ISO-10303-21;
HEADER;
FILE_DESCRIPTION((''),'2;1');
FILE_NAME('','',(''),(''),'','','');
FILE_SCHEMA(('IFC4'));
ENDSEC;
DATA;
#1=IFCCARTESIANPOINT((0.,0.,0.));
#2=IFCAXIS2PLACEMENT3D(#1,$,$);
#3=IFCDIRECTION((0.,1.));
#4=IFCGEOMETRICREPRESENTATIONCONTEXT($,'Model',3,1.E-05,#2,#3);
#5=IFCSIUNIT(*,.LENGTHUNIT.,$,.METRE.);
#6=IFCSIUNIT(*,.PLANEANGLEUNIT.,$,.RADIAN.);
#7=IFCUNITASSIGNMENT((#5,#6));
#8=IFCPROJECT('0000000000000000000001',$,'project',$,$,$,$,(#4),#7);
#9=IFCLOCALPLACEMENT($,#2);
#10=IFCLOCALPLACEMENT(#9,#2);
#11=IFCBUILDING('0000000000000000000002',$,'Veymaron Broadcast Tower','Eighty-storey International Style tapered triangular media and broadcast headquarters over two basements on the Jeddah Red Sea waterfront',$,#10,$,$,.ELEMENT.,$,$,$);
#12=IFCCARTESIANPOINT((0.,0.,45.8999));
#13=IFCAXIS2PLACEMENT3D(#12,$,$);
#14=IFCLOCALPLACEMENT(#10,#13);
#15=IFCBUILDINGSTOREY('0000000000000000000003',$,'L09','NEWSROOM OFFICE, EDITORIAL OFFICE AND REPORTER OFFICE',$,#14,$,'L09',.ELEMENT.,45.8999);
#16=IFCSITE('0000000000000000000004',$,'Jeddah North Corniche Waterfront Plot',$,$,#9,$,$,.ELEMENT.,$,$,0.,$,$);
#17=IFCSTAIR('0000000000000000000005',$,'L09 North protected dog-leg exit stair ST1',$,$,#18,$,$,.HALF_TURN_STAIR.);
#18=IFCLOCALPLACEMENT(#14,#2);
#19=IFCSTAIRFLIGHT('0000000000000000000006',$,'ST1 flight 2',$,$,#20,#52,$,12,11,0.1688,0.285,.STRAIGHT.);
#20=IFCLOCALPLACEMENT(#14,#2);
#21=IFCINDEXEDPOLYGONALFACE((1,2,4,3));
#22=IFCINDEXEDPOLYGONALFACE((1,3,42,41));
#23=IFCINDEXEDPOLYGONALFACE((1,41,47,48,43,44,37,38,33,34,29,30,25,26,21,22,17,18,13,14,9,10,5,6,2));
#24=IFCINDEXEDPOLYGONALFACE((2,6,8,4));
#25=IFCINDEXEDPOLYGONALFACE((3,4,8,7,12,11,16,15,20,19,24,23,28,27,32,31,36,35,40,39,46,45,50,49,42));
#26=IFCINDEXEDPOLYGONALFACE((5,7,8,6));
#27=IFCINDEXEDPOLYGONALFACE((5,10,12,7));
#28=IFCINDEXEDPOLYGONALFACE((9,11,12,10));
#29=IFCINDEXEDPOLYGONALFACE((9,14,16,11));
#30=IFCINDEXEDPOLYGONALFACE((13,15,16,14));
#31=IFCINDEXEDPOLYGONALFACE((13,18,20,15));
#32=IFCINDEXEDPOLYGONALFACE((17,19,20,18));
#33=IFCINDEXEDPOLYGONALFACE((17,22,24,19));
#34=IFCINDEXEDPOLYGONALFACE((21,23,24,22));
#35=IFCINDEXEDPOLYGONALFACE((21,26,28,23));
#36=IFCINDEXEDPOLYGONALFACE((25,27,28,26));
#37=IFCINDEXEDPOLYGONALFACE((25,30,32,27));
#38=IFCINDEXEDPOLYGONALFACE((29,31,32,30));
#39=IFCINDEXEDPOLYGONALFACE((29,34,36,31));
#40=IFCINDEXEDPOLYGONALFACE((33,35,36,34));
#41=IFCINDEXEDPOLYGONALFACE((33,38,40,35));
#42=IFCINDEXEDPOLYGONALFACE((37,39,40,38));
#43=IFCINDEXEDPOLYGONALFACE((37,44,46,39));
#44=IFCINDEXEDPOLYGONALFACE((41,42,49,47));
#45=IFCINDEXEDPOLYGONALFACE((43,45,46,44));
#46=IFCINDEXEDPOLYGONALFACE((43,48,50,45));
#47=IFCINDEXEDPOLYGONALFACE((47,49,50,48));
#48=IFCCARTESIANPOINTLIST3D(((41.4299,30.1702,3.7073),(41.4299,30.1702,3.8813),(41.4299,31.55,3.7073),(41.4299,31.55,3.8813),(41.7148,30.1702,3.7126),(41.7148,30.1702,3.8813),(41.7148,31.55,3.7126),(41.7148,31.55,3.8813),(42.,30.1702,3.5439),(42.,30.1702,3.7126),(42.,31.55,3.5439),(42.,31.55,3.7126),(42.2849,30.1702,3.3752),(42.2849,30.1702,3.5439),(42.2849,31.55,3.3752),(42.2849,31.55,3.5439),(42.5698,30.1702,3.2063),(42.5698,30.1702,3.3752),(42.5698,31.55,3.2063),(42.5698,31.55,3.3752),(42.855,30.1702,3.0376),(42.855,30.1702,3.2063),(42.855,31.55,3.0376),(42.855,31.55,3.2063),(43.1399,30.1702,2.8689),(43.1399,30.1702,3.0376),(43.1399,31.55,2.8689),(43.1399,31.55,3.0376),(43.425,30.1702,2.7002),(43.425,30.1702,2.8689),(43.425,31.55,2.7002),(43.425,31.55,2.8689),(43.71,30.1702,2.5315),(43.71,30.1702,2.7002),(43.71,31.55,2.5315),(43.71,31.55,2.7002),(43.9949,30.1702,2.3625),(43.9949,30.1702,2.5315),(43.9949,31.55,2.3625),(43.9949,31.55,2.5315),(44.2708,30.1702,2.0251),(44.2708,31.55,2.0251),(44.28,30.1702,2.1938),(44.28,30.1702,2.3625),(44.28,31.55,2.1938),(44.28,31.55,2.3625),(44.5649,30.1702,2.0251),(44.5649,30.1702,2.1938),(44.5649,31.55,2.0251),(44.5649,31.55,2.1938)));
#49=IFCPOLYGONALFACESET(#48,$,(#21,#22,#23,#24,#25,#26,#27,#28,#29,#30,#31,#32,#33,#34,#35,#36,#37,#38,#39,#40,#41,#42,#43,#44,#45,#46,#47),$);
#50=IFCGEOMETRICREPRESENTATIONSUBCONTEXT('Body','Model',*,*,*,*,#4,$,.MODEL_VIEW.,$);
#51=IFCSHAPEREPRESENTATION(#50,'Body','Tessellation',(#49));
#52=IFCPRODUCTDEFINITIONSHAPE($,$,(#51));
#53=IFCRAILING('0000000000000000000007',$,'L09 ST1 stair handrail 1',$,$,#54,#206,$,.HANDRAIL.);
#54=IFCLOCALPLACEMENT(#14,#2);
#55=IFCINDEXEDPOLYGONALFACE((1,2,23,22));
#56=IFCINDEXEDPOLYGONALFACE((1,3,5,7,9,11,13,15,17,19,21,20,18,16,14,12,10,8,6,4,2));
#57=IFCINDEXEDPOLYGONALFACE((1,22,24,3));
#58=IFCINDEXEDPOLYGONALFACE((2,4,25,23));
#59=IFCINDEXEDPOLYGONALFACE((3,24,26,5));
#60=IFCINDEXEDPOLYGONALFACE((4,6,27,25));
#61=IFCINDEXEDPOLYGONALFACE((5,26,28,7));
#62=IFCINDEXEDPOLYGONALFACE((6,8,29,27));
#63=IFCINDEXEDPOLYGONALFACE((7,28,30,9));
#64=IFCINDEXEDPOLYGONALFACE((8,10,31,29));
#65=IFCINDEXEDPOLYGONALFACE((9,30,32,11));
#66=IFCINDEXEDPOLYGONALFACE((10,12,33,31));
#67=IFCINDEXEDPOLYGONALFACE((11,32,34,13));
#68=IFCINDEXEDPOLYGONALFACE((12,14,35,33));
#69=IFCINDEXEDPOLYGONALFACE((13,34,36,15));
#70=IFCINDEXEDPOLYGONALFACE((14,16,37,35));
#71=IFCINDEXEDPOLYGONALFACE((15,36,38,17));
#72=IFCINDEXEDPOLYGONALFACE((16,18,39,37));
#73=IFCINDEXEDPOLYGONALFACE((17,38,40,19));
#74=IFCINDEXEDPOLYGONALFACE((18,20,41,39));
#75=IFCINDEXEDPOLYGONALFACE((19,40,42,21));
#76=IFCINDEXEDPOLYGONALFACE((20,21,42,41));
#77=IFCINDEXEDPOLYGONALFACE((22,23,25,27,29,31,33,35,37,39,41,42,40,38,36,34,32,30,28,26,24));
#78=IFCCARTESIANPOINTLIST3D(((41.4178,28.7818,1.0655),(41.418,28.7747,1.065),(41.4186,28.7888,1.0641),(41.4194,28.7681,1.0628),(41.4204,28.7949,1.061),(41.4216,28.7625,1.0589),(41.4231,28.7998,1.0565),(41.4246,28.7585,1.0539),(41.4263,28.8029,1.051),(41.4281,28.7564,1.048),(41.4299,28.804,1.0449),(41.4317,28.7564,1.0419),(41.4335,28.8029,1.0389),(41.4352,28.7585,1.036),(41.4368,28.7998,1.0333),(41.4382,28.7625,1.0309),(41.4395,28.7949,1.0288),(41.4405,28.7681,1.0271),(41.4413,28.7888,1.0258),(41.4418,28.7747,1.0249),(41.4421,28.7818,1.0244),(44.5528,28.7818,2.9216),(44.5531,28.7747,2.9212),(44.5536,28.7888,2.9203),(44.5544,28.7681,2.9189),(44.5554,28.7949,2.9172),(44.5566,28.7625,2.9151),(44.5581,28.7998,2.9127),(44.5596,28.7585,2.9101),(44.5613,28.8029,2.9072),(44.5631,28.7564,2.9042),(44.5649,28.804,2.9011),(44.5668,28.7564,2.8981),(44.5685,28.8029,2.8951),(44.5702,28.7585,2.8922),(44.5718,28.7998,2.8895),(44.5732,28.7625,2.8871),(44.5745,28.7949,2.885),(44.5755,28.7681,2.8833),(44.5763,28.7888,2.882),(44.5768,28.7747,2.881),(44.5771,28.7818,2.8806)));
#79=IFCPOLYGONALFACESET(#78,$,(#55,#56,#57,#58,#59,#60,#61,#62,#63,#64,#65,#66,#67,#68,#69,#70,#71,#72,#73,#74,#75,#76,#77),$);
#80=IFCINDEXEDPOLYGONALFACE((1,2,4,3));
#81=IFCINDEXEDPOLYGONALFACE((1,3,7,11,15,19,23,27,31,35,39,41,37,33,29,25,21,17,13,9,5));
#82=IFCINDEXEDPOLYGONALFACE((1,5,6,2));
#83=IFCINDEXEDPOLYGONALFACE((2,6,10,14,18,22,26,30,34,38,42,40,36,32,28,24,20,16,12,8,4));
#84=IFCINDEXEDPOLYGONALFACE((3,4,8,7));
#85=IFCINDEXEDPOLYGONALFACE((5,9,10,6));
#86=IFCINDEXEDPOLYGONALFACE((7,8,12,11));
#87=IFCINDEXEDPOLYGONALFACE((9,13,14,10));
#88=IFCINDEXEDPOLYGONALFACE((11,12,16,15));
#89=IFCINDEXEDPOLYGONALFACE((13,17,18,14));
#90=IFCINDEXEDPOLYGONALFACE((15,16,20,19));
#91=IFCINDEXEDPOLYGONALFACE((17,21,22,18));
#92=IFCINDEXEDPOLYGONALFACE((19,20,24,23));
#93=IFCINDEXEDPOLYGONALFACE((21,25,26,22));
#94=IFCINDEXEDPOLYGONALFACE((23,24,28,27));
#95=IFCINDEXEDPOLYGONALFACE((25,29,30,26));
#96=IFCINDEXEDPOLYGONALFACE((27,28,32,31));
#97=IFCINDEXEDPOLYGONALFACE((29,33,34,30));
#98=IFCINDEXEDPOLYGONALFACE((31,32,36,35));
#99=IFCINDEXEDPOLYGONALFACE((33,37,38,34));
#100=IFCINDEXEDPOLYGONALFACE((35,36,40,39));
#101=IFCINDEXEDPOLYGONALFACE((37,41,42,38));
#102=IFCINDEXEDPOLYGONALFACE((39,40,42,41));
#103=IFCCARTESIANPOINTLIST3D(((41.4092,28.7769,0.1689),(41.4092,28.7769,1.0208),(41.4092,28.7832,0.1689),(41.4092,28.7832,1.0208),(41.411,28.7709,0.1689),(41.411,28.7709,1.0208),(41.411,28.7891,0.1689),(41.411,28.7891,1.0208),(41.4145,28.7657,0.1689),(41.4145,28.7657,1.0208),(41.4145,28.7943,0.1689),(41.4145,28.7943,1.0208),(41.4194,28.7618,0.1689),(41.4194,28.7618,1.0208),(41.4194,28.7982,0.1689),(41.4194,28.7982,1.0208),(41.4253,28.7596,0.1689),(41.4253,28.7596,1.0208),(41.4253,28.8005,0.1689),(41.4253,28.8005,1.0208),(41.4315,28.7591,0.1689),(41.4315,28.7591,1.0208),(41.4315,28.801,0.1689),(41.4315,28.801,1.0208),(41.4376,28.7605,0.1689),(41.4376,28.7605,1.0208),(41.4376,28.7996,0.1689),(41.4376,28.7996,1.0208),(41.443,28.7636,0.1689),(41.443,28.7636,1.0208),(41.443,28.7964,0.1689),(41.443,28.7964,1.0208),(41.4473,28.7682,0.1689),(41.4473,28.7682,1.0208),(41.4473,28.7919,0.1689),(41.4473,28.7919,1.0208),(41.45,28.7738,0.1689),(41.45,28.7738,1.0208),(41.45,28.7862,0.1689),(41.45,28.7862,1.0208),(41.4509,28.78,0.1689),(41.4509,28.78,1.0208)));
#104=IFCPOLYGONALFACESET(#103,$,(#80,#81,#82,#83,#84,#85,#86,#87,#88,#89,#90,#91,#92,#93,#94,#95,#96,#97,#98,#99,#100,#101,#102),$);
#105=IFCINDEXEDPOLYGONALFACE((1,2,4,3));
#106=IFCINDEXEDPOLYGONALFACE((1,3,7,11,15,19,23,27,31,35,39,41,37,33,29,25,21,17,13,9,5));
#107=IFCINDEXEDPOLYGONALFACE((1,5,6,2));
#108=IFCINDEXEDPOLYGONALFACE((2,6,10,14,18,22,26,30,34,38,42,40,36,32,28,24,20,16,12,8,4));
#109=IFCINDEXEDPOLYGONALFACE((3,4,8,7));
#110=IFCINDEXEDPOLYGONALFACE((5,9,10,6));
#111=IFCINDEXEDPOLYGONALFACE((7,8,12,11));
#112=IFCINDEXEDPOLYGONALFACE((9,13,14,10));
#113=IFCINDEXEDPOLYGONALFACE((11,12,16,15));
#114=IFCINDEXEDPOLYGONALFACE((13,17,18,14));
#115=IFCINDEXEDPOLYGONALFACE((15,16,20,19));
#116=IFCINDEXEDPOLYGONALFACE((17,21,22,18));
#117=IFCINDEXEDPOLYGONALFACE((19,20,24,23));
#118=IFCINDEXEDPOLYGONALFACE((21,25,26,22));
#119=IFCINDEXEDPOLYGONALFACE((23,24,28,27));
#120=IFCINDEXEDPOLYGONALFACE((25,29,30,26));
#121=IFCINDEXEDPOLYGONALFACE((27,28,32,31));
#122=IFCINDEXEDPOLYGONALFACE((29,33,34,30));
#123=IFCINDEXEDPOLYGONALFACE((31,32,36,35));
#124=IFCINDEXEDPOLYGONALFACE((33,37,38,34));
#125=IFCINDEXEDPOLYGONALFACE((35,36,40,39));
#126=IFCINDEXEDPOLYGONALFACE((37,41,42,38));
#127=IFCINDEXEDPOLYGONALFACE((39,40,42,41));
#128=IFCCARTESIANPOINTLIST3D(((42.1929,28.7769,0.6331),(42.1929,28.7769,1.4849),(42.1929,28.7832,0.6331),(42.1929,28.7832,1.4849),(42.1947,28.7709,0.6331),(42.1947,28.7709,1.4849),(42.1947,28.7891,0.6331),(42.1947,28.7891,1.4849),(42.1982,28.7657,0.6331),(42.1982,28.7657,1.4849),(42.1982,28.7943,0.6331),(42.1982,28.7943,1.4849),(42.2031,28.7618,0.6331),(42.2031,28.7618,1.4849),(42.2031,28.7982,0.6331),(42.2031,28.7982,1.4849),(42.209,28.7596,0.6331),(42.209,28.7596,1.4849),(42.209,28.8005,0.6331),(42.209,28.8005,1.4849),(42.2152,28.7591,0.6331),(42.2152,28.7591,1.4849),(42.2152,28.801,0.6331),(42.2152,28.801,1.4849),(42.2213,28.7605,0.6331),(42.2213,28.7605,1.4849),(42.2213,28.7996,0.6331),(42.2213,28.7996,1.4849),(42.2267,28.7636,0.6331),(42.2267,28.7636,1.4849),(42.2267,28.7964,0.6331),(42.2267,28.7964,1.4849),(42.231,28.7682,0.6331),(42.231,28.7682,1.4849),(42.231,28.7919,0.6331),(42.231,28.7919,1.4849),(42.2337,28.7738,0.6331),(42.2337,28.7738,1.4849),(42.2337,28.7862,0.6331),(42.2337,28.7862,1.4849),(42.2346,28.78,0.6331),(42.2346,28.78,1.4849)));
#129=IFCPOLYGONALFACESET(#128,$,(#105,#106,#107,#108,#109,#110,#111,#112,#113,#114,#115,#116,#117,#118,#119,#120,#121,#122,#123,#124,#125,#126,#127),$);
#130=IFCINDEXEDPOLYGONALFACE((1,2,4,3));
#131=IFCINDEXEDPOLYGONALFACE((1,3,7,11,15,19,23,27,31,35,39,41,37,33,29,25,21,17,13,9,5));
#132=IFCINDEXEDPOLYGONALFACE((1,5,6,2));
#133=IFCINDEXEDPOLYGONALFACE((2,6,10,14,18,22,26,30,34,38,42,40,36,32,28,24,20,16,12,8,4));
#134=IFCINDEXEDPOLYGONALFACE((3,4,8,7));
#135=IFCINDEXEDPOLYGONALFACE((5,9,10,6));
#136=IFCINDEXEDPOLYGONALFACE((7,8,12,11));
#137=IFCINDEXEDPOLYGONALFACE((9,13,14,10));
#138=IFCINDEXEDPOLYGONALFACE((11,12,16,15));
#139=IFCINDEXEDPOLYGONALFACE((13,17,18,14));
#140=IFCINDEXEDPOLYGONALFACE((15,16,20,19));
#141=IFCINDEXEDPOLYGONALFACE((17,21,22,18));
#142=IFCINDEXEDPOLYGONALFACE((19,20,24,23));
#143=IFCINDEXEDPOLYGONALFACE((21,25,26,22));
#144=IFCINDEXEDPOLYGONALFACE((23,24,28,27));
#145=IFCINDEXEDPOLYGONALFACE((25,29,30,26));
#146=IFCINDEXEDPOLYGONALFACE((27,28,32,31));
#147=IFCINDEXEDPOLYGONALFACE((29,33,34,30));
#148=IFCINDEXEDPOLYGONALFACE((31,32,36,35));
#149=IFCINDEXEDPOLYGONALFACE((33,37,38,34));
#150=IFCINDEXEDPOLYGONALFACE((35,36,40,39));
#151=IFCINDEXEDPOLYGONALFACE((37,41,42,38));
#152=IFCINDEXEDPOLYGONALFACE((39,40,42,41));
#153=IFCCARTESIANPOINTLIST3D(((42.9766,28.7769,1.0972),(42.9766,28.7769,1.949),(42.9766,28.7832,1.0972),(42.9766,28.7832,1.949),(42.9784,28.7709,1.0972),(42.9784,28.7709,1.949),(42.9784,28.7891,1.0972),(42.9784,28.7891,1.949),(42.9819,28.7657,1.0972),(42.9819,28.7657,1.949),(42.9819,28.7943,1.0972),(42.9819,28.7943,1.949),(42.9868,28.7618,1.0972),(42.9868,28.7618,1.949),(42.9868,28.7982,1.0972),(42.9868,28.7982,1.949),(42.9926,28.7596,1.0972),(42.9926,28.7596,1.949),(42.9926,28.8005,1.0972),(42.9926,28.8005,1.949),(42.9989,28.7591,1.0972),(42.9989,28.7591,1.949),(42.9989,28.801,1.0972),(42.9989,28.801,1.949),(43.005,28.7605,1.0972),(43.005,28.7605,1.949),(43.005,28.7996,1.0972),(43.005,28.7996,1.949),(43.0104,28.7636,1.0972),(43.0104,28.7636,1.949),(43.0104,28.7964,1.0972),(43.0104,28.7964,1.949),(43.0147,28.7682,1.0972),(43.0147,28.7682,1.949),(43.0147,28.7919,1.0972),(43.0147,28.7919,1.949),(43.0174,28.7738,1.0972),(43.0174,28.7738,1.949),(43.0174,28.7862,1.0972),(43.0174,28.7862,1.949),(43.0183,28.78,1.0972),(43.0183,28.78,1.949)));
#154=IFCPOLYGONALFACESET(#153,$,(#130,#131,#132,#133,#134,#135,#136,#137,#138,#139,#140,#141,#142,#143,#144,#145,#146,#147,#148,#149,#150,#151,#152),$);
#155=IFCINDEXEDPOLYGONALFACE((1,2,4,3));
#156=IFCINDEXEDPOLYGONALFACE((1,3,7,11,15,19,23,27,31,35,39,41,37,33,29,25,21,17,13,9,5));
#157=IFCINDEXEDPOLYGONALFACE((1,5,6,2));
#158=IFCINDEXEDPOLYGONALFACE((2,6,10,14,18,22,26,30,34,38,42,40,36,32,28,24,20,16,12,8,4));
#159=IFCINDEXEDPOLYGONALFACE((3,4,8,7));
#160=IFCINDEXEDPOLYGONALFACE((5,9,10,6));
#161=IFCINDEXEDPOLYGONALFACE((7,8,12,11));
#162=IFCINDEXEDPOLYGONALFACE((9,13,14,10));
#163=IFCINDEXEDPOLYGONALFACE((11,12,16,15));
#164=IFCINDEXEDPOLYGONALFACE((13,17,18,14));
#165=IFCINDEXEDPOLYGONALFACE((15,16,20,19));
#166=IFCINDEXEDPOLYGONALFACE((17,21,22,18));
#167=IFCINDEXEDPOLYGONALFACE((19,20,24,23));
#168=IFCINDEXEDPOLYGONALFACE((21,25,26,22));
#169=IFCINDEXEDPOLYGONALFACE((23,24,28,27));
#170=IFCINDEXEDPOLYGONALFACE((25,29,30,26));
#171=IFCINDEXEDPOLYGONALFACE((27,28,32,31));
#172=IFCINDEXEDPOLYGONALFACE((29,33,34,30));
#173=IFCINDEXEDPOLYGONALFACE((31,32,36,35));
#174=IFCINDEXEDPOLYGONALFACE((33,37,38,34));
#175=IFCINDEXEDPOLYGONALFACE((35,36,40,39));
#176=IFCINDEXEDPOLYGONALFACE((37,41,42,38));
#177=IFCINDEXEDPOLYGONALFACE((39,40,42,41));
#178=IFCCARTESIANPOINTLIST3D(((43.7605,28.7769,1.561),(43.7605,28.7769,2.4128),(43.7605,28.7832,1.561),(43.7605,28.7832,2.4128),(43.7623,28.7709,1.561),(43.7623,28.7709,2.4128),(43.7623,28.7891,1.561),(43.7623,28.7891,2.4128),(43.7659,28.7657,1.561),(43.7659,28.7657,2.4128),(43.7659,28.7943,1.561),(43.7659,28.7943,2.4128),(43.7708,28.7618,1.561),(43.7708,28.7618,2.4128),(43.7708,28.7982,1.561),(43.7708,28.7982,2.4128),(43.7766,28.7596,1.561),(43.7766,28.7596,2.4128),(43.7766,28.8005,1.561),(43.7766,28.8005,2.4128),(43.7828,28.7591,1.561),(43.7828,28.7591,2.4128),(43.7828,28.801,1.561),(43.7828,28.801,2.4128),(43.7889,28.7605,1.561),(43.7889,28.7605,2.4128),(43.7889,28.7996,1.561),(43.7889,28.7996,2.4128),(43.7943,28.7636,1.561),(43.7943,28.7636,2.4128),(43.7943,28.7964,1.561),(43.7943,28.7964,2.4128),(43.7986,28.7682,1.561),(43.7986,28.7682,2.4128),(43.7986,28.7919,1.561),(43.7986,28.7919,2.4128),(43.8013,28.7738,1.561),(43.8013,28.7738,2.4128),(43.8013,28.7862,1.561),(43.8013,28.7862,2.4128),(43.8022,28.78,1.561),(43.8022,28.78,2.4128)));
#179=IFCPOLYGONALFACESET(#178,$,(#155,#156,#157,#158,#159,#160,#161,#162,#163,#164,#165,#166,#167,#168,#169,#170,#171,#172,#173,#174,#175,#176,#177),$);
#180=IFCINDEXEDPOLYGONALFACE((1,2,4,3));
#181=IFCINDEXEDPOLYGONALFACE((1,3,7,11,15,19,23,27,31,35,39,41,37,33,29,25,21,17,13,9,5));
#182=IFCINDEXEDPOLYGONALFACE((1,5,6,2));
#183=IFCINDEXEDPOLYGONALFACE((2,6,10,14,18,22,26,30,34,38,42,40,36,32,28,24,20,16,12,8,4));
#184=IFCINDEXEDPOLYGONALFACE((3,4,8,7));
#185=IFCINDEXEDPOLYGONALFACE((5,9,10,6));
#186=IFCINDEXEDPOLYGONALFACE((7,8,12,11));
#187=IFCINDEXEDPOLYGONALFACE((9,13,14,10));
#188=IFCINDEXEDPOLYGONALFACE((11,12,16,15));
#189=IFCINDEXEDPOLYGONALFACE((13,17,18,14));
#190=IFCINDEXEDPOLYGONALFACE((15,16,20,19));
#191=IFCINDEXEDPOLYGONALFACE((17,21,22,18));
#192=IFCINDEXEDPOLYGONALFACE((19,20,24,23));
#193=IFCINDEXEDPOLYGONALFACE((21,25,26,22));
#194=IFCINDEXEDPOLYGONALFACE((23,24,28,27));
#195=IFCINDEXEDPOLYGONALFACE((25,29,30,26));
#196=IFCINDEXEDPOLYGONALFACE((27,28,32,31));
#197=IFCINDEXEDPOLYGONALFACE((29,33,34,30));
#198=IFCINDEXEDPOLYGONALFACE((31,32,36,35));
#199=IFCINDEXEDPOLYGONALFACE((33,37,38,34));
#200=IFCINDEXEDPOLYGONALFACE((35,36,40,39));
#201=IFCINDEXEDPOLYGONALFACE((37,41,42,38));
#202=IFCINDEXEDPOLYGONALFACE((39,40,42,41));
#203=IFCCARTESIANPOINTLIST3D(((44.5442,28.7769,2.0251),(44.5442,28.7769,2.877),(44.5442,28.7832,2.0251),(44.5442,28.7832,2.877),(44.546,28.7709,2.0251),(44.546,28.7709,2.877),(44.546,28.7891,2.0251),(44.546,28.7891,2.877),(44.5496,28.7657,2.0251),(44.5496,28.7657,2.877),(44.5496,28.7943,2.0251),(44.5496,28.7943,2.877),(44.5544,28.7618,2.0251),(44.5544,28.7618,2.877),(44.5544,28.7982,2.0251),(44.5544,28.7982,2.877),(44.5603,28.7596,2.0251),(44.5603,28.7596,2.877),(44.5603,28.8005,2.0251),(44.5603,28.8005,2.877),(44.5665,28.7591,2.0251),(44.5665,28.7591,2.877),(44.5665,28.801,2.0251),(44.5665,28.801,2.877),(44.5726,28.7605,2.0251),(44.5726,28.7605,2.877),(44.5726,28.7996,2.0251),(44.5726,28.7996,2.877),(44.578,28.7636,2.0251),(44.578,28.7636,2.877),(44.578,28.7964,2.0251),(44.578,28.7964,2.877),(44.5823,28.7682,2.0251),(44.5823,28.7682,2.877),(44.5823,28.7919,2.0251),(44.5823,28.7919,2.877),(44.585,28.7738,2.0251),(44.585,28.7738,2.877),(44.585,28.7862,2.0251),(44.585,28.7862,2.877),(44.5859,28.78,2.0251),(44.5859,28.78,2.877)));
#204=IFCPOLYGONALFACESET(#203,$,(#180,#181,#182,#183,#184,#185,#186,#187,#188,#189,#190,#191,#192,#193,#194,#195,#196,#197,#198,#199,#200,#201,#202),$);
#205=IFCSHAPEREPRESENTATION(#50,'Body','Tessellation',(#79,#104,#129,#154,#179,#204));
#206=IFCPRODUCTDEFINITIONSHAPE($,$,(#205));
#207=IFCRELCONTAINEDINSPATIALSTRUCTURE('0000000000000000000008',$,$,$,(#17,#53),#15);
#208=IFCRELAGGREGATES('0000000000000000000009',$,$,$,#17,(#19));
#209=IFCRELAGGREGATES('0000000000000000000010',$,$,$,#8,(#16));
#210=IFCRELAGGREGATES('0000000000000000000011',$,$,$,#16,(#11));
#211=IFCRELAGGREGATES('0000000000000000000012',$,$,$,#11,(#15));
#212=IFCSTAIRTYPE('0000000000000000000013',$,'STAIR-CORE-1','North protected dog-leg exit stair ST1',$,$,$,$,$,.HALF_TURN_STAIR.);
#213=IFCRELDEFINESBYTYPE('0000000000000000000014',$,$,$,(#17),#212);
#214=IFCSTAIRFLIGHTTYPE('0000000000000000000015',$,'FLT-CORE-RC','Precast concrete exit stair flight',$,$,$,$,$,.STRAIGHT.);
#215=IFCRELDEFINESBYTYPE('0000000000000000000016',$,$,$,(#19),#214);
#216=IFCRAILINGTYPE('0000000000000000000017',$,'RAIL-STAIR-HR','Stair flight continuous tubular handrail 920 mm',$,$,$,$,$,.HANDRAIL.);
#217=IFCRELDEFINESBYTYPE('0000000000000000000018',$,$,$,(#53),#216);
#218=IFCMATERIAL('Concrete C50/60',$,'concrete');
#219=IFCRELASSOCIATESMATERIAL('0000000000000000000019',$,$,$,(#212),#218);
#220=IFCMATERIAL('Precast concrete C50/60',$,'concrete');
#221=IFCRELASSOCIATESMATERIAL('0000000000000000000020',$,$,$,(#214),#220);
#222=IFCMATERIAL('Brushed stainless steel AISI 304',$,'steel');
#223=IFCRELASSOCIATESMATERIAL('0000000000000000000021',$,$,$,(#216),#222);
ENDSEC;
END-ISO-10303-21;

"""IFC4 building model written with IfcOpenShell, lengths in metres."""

from ifc_helpers import new_model, si_unit, direction, frame, origin, origin_2d, place, context, subcontext, project, spatial, polyline, circle, outline, extrude, material, type_object, element, aggregate, save


model = new_model("IFC4")

# Units and contexts
model_context = context("Model", 3, precision=1e-05, world=origin(), true_north=direction((0.0, 1.0)))
body_context = subcontext(model_context, "Body", "Model", "MODEL_VIEW")
ifc_project = project(units=[si_unit("LENGTHUNIT", "METRE"), si_unit("PLANEANGLEUNIT", "RADIAN")], contexts=[model_context])

# Site, building, storey
site_placement = place(None, origin())
site = spatial("IfcSite", under=ifc_project, at=site_placement, Name="Jeddah North Corniche Waterfront Plot", CompositionType="ELEMENT", RefElevation=0.0)
building_placement = place(site_placement, origin())
building = spatial("IfcBuilding", under=site, at=building_placement, Name="Veymaron Broadcast Tower", Description="Eighty-storey International Style tapered triangular media and broadcast headquarters over two basements on the Jeddah Red Sea waterfront", CompositionType="ELEMENT")
storey_placement = place(building_placement, frame((0.0, 0.0, 45.8999)))
storey = spatial("IfcBuildingStorey", under=building, at=storey_placement, Name="L09", Description="NEWSROOM OFFICE, EDITORIAL OFFICE AND REPORTER OFFICE", LongName="L09", CompositionType="ELEMENT", Elevation=45.8999)

# Shared definitions
ifc_material_1 = material(Name="Brushed stainless steel AISI 304", Category="steel")

# Shared definitions
ifc_material_2 = material(Name="Concrete C50/60", Category="concrete")

# Stair, stair flight
stair_type = type_object("IfcStairType", Name="STAIR-CORE-1", Description="North protected dog-leg exit stair ST1", PredefinedType="HALF_TURN_STAIR", material=ifc_material_2)
stair_placement = place(storey_placement, origin())
stair = element("IfcStair", 1, at=stair_placement, inside=storey, type_object=stair_type, Name="L09 North protected dog-leg exit stair ST1", PredefinedType="HALF_TURN_STAIR")
ifc_material_3 = material(Name="Precast concrete C50/60", Category="concrete")
stair_flight_type = type_object("IfcStairFlightType", Name="FLT-CORE-RC", Description="Precast concrete exit stair flight", PredefinedType="STRAIGHT", material=ifc_material_3)
stair_flight_1_placement = place(storey_placement, frame((44.5649, 30.8601, 2.0251), z_axis=(0.0, 0.0, 1.0), x_axis=(-1.0, 0.0, 0.0)))
stair_flight_1 = element("IfcStairFlight", 2, at=stair_flight_1_placement, type_object=stair_flight_type, Name="ST1 flight 2", NumberOfRisers=12, NumberOfTreads=11, PredefinedType="STRAIGHT", RiserHeight=0.1688, TreadLength=0.285, context=body_context, shape_type="SweptSolid", body=[
    extrude(outline(polyline([(0.0, 0.0), (0.0, 0.1687), (0.2849, 0.1687), (0.2849, 0.3374), (0.5701, 0.3374), (0.5701, 0.5063), (0.855, 0.5063), (0.855, 0.675), (1.1399, 0.675), (1.1399, 0.8438), (1.425, 0.8438), (1.425, 1.0125), (1.71, 1.0125), (1.71, 1.1812), (1.9951, 1.1812), (1.9951, 1.3501), (2.28, 1.3501), (2.28, 1.5188), (2.5649, 1.5188), (2.5649, 1.6875), (2.8501, 1.6875), (2.8501, 1.8562), (3.135, 1.8562), (3.135, 2.0249), (3.135, 1.6821), (0.2942, 0.0), (0.0, 0.0)])), frame((0.0, 0.6899, 0.0), z_axis=(0.0, -1.0, 0.0), x_axis=(1.0, 0.0, 0.0)), (0.0, 0.0, 1.0), 1.3799),
])
aggregate(stair, [stair_flight_1])

# Railing
railing_type_1 = type_object("IfcRailingType", Name="RAIL-STAIR-HR", Description="Stair flight continuous tubular handrail 920 mm", PredefinedType="HANDRAIL", material=ifc_material_1)
railing_1_placement = place(storey_placement, frame((41.4299, 28.78, 0.1689)))
element("IfcRailing", 3, at=railing_1_placement, inside=storey, type_object=railing_type_1, Name="L09 ST1 stair handrail 1", PredefinedType="HANDRAIL", context=body_context, shape_type="SweptSolid", body=[
    extrude(circle(Radius=0.0239, at=origin_2d()), frame((0.0, 0.0, 0.876), z_axis=(0.860482, 0.0, 0.509481), x_axis=(0.0, 1.0, 0.0)), (0.0, 0.0, 1.0), 3.6433),
    extrude(circle(Radius=0.021, at=origin_2d()), origin(), (0.0, 0.0, 1.0), 0.8518),
    extrude(circle(Radius=0.021, at=origin_2d()), frame((0.7837, 0.0, 0.4641)), (0.0, 0.0, 1.0), 0.8518),
    extrude(circle(Radius=0.021, at=origin_2d()), frame((1.5674, 0.0, 0.9282)), (0.0, 0.0, 1.0), 0.8518),
    extrude(circle(Radius=0.021, at=origin_2d()), frame((2.3513, 0.0, 1.3921)), (0.0, 0.0, 1.0), 0.8518),
    extrude(circle(Radius=0.021, at=origin_2d()), frame((3.135, 0.0, 1.8562)), (0.0, 0.0, 1.0), 0.8518),
])

save(model, "model.ifc")
